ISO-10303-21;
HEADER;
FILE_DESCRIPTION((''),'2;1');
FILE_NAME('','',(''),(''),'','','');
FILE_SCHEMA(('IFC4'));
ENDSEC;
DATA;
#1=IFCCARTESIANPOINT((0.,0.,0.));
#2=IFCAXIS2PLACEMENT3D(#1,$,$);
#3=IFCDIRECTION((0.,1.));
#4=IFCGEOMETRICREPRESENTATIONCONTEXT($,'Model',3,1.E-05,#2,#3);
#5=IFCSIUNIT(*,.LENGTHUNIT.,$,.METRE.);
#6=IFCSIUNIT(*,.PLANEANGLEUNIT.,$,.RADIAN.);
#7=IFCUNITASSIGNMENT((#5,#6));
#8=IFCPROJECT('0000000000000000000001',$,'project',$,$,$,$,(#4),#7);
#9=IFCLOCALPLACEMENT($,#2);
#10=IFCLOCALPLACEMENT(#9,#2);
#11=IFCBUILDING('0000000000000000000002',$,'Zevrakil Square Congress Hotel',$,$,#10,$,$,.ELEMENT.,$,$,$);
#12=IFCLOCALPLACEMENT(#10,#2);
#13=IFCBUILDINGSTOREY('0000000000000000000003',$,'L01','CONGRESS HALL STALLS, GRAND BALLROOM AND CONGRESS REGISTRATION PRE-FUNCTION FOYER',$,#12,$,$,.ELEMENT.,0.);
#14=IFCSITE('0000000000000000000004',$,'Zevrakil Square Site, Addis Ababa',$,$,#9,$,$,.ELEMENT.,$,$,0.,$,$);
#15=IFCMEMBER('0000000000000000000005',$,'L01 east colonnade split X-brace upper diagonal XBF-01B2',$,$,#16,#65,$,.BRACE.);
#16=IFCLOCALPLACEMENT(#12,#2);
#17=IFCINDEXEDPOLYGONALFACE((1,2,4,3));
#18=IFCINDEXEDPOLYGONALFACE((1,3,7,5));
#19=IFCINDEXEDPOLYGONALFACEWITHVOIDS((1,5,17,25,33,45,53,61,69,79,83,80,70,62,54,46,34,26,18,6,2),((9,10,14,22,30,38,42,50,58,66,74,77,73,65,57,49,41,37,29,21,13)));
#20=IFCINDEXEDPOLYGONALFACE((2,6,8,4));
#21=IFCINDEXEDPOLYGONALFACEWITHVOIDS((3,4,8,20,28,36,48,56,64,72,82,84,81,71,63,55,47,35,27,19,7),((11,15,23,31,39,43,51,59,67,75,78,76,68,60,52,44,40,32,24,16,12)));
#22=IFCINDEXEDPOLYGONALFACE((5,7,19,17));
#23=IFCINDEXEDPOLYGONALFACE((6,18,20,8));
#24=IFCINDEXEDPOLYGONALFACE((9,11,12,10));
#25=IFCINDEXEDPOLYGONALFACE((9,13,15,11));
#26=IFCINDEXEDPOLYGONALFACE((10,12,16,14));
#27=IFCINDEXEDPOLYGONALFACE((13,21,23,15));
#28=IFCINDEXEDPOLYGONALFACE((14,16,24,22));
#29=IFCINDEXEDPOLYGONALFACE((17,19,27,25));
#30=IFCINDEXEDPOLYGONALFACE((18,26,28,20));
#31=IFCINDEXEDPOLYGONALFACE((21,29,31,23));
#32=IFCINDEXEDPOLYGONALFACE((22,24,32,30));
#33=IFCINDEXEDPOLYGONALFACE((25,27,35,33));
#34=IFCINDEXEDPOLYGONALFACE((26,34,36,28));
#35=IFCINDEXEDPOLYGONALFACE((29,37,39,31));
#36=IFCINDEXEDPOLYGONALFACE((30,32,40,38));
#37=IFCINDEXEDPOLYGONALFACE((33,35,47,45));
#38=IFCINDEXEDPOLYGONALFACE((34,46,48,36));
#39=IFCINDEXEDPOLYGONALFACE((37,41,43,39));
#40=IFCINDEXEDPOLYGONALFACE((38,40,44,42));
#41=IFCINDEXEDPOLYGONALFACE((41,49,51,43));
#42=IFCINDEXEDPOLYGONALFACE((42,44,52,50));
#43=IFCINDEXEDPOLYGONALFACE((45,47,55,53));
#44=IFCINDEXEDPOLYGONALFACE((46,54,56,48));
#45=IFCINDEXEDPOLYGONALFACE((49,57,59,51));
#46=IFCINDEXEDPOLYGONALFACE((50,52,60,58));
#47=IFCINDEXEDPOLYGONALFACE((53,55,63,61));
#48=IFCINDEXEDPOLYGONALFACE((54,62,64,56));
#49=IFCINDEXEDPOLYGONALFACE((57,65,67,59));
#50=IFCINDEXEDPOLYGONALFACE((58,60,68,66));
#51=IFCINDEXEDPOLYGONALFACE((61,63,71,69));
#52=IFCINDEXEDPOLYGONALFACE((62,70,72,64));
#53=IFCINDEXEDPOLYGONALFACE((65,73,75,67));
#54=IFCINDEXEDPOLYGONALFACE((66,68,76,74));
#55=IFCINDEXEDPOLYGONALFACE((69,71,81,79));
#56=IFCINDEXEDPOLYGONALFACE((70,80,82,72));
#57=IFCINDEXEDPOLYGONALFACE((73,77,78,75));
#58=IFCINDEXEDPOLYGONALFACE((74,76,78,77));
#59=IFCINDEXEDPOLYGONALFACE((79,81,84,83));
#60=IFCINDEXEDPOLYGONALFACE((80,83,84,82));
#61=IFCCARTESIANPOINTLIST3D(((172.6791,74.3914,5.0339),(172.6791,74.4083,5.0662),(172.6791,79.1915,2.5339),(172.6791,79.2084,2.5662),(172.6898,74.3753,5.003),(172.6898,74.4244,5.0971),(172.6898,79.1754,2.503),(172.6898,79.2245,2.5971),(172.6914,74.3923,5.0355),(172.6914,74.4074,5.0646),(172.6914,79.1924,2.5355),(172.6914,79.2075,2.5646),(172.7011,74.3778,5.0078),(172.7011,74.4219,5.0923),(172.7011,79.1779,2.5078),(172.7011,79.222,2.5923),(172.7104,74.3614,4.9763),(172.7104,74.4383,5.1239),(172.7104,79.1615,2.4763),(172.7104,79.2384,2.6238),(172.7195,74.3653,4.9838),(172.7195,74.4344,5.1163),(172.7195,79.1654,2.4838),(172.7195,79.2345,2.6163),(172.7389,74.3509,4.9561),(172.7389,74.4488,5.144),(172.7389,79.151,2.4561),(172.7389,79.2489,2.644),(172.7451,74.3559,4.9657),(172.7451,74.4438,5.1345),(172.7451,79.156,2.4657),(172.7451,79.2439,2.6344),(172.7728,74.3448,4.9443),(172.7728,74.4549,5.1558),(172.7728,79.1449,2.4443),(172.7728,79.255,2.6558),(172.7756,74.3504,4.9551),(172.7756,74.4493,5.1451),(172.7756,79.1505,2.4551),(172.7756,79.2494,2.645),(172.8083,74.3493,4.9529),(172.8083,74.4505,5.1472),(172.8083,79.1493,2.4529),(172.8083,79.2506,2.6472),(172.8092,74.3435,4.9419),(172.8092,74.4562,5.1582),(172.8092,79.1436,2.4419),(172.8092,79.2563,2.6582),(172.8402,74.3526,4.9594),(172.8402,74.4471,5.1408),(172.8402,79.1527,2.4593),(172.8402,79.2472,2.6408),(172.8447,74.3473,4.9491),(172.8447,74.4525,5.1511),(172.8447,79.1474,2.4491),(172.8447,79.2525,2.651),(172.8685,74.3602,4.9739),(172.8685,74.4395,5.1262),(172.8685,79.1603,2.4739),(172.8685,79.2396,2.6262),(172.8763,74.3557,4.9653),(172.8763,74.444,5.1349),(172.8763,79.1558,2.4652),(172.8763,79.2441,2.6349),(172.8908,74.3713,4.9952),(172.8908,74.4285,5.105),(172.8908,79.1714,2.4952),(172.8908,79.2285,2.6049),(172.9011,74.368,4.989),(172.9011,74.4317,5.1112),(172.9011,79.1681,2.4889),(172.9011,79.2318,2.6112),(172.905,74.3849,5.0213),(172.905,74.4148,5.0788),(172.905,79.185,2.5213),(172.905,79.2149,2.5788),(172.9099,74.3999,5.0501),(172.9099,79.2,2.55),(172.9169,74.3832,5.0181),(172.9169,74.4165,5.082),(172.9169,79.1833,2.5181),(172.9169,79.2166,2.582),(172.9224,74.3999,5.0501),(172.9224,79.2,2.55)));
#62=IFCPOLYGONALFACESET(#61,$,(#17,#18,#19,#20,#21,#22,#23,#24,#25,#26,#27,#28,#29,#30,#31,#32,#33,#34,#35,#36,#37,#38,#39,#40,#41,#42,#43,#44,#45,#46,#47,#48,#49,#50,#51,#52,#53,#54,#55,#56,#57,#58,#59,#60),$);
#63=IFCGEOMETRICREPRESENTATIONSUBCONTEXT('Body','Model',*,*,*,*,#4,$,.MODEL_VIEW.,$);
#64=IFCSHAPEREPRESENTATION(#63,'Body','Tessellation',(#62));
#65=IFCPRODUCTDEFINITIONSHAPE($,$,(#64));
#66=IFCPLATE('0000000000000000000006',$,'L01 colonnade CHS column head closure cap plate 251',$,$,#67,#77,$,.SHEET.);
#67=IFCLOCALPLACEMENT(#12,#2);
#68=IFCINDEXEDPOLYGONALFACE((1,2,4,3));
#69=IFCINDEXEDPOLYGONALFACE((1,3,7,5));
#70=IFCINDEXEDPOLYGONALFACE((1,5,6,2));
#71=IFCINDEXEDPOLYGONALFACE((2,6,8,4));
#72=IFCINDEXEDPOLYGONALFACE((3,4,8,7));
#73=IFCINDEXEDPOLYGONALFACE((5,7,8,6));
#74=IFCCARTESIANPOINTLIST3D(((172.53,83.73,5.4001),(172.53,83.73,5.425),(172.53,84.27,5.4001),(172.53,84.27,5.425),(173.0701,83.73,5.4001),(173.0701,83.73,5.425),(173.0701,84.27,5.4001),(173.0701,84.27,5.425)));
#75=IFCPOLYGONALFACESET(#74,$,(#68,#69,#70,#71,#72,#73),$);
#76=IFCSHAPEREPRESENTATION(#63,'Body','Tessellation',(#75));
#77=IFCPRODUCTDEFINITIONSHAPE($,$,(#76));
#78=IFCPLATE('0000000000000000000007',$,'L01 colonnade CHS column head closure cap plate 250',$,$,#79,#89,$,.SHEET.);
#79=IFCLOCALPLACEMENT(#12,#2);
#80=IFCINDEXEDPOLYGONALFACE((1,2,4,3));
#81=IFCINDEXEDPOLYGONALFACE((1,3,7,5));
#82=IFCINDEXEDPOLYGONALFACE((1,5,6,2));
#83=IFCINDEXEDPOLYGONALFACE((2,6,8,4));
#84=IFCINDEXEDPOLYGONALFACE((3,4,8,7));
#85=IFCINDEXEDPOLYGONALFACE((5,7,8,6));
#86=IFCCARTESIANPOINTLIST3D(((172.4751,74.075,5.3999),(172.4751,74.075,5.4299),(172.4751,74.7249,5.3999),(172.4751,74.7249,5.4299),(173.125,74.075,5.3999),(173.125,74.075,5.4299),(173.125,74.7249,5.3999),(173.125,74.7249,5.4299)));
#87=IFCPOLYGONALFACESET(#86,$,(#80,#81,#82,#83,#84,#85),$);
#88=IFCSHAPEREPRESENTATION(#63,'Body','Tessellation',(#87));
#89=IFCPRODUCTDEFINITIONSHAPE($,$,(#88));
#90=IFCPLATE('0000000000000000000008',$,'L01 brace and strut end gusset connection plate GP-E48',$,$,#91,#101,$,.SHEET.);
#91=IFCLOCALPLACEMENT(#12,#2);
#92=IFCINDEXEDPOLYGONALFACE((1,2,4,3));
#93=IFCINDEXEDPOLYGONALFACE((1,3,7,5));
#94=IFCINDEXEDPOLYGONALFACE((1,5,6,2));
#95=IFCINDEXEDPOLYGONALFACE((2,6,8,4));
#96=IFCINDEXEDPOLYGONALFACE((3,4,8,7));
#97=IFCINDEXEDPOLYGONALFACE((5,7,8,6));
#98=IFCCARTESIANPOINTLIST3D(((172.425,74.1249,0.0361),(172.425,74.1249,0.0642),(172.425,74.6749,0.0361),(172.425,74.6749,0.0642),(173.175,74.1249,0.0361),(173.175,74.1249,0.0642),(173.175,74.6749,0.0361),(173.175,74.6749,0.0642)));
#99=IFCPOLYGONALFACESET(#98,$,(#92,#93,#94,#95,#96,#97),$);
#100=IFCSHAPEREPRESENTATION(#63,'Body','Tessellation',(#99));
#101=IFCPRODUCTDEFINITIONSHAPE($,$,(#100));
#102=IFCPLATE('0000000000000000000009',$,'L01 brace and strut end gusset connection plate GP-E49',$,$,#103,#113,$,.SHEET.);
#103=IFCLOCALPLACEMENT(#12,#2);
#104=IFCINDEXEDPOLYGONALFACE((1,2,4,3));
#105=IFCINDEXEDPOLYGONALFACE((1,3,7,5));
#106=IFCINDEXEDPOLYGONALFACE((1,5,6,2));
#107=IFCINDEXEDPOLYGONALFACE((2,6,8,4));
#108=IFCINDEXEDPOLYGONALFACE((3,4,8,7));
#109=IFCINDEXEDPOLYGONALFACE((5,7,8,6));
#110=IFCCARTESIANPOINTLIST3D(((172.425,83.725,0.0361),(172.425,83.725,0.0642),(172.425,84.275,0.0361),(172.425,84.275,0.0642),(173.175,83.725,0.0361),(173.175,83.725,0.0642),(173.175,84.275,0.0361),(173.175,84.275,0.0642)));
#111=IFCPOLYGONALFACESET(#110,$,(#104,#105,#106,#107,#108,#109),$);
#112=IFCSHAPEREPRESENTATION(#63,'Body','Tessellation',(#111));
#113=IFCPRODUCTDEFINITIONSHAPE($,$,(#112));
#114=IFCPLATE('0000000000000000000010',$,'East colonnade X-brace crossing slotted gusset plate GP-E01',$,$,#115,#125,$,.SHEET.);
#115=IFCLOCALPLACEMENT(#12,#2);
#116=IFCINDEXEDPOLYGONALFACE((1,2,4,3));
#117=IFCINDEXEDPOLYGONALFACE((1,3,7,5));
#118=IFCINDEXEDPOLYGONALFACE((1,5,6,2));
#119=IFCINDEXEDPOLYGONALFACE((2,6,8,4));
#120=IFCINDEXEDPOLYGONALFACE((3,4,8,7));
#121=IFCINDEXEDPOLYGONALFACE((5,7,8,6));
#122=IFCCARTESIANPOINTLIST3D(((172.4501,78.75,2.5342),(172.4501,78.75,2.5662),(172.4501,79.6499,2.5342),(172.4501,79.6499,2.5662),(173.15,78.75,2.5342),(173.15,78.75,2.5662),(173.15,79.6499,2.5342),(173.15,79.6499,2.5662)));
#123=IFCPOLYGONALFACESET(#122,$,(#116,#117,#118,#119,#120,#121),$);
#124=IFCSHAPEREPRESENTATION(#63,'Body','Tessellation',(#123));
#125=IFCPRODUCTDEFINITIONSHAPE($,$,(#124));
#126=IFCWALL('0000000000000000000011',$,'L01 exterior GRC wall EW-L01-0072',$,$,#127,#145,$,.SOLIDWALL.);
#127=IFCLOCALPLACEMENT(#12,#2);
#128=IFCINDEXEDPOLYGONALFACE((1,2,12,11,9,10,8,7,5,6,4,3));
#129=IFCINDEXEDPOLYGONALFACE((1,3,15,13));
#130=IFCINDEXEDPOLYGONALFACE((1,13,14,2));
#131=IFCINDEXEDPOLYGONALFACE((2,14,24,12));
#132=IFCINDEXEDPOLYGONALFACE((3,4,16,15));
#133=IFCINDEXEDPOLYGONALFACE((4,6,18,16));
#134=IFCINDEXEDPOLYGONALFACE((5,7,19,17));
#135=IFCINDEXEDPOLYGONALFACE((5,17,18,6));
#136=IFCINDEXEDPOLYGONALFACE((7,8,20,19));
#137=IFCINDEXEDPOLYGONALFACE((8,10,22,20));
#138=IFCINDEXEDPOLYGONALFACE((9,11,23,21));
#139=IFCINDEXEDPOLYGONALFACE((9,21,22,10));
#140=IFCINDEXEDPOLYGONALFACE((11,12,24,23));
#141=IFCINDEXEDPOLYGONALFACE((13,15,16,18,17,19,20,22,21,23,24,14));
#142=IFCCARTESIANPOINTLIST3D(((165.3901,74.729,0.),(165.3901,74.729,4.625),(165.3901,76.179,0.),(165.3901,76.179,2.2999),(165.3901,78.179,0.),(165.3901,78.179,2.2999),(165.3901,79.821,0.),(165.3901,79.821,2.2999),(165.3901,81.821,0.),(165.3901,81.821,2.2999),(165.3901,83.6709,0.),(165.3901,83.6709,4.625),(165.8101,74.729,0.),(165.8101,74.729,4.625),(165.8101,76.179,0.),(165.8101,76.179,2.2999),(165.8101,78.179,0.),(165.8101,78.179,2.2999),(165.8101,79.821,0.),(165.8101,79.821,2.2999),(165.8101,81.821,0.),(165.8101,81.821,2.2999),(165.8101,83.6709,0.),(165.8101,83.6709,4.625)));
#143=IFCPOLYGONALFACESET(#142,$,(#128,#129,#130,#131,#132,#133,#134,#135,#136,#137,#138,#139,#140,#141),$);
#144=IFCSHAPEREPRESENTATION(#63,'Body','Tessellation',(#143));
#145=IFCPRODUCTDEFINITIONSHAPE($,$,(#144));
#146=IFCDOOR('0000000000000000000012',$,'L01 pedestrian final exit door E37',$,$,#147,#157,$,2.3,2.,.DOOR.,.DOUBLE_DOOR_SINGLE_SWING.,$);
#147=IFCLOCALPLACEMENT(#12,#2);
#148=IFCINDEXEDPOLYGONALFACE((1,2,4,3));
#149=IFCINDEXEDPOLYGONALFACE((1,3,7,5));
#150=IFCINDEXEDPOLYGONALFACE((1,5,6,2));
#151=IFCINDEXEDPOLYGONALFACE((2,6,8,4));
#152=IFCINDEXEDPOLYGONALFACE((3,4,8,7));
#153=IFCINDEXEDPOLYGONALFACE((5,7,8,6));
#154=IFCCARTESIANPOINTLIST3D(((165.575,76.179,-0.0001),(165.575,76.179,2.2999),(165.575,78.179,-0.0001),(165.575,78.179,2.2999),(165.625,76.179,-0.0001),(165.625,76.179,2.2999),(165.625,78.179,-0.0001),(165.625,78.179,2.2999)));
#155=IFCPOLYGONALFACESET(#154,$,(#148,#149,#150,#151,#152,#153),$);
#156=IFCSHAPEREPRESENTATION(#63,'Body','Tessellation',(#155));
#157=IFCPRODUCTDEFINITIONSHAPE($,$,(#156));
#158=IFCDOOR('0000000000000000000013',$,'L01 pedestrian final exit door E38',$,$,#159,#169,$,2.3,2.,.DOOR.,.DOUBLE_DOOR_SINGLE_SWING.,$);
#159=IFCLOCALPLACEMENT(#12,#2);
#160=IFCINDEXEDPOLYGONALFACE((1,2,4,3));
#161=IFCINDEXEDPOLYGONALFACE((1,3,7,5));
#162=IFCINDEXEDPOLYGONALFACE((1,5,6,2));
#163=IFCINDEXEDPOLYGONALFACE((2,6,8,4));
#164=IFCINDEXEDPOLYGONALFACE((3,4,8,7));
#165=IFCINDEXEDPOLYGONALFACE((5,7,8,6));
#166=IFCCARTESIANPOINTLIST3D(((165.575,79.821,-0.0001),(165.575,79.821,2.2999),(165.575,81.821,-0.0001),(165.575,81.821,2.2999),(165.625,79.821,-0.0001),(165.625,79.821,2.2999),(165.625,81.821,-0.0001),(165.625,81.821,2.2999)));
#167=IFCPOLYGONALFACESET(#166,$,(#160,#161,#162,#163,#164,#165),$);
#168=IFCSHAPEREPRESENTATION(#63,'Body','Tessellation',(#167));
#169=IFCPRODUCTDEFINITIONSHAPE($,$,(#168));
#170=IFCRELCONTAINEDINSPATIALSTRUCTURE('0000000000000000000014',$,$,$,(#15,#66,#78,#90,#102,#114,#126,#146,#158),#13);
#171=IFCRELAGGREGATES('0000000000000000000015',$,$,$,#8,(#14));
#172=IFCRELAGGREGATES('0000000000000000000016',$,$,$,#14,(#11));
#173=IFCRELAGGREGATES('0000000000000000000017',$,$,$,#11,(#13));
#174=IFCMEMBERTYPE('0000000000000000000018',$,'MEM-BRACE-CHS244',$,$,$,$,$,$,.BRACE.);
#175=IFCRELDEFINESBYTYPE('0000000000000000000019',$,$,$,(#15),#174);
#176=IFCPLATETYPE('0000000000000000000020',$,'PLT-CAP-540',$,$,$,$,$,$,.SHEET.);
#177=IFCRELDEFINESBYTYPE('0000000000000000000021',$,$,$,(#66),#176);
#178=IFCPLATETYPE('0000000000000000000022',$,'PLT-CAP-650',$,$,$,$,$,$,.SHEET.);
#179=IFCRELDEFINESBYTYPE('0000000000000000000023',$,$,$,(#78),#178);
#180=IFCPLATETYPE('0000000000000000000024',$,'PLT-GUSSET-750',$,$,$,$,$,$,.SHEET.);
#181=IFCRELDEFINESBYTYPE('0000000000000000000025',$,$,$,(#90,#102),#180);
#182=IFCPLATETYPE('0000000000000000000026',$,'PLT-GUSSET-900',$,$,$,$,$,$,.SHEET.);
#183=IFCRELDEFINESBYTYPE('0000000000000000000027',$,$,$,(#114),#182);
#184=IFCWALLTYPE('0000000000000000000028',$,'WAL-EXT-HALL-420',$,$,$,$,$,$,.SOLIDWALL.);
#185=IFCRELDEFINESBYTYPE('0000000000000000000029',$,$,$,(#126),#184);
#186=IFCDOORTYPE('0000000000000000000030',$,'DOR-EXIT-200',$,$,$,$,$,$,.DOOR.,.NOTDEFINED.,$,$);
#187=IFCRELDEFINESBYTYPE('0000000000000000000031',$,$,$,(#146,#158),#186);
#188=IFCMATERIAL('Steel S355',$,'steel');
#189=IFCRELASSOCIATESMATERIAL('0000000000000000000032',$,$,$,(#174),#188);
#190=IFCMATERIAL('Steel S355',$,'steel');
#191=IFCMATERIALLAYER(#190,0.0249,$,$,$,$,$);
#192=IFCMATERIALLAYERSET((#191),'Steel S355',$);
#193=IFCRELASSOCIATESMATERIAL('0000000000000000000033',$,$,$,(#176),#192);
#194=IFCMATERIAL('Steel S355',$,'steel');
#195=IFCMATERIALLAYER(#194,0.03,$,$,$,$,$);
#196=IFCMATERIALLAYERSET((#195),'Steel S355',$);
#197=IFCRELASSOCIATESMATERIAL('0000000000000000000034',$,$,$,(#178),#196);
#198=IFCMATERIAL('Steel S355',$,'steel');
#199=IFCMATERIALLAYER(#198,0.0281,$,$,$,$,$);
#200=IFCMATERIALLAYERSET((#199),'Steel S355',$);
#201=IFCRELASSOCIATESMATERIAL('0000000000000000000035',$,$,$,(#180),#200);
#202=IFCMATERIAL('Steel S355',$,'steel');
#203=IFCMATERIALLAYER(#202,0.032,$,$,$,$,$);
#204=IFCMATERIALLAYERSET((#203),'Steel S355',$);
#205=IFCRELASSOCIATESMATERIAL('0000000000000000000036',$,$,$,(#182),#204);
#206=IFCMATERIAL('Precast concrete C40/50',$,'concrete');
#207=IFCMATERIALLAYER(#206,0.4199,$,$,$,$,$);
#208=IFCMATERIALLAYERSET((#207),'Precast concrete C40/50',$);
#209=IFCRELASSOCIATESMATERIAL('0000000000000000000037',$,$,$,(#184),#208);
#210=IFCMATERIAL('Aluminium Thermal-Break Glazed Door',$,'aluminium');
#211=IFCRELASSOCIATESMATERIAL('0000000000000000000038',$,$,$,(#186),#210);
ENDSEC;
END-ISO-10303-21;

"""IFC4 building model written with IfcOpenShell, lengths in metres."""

from ifc_helpers import new_model, si_unit, direction, frame, frame_2d, origin, origin_2d, place, context, subcontext, project, spatial, rectangle, hollow_circle, extrude, material, layer, layer_set, material_profile, profile_set, type_object, element, fill, save


model = new_model("IFC4")

# Units and contexts
model_context = context("Model", 3, precision=1e-05, world=origin(), true_north=direction((0.0, 1.0)))
body_context = subcontext(model_context, "Body", "Model", "MODEL_VIEW")
ifc_project = project(units=[si_unit("LENGTHUNIT", "METRE"), si_unit("PLANEANGLEUNIT", "RADIAN")], contexts=[model_context])

# Site, building, storey
site_placement = place(None, origin())
site = spatial("IfcSite", under=ifc_project, at=site_placement, Name="Zevrakil Square Site, Addis Ababa", CompositionType="ELEMENT", RefElevation=0.0)
building_placement = place(site_placement, origin())
building = spatial("IfcBuilding", under=site, at=building_placement, Name="Zevrakil Square Congress Hotel", CompositionType="ELEMENT")
storey_placement = place(building_placement, origin())
storey = spatial("IfcBuildingStorey", under=building, at=storey_placement, Name="L01", Description="CONGRESS HALL STALLS, GRAND BALLROOM AND CONGRESS REGISTRATION PRE-FUNCTION FOYER", CompositionType="ELEMENT", Elevation=0.0)

# Member
ifc_material_1 = material(Name="Steel S355", Category="steel")
ifc_material_profile_1 = material_profile(ifc_material_1, hollow_circle(Radius=0.1223, WallThickness=0.0125, at=origin_2d()), Name="CHS 244.5x12.5")
ifc_profile_set_1 = profile_set([ifc_material_profile_1], Name="Steel S355")
member_type = type_object("IfcMemberType", Name="MEM-BRACE-CHS244", PredefinedType="BRACE", material=ifc_profile_set_1)
for number, where, z_axis, x_axis, name in (
    (1, (172.8, 79.2, 2.55), (0.0, -0.886916, 0.461931), (1.0, 0.0, 0.0), "L01 east colonnade split X-brace upper diagonal XBF-01B2"),
):
    element("IfcMember", number, at=place(storey_placement, frame(where, z_axis=z_axis, x_axis=x_axis)), inside=storey, type_object=member_type, Name=name, PredefinedType="BRACE", context=body_context, shape_type="SweptSolid", body=[
        extrude(hollow_circle(Radius=0.1223, WallThickness=0.0125, at=origin_2d()), origin(), (0.0, 0.0, 1.0), 5.4121),
    ])

# Plates
ifc_material_2 = material(Name="Steel S355", Category="steel")
ifc_layer_1 = layer(ifc_material_2, 0.0249)
ifc_layer_set_1 = layer_set([ifc_layer_1], Name="Steel S355")
plate_type_1 = type_object("IfcPlateType", Name="PLT-CAP-540", PredefinedType="SHEET", material=ifc_layer_set_1)
plate_1_placement = place(storey_placement, frame((172.8, 84.0, 5.4001), z_axis=(0.0, 0.0, 1.0), x_axis=(1.0, 0.0, 0.0)))
element("IfcPlate", 2, at=plate_1_placement, inside=storey, type_object=plate_type_1, Name="L01 colonnade CHS column head closure cap plate 251", PredefinedType="SHEET", context=body_context, shape_type="SweptSolid", body=[
    extrude(rectangle(XDim=0.54, YDim=0.54, at=origin_2d()), origin(), (0.0, 0.0, 1.0), 0.0249),
])
ifc_material_3 = material(Name="Steel S355", Category="steel")
ifc_layer_2 = layer(ifc_material_3, 0.03)
ifc_layer_set_2 = layer_set([ifc_layer_2], Name="Steel S355")
plate_type_2 = type_object("IfcPlateType", Name="PLT-CAP-650", PredefinedType="SHEET", material=ifc_layer_set_2)
plate_2_placement = place(storey_placement, frame((172.8, 74.3999, 5.3999), z_axis=(0.0, 0.0, 1.0), x_axis=(1.0, 0.0, 0.0)))
element("IfcPlate", 3, at=plate_2_placement, inside=storey, type_object=plate_type_2, Name="L01 colonnade CHS column head closure cap plate 250", PredefinedType="SHEET", context=body_context, shape_type="SweptSolid", body=[
    extrude(rectangle(XDim=0.6499, YDim=0.6499, at=origin_2d()), origin(), (0.0, 0.0, 1.0), 0.03),
])
ifc_material_4 = material(Name="Steel S355", Category="steel")
ifc_layer_3 = layer(ifc_material_4, 0.0281)
ifc_layer_set_3 = layer_set([ifc_layer_3], Name="Steel S355")
plate_type_3 = type_object("IfcPlateType", Name="PLT-GUSSET-750", PredefinedType="SHEET", material=ifc_layer_set_3)
for number, where, z_axis, x_axis, name in (
    (4, (172.8, 74.3999, 0.0361), (0.0, 0.0, 1.0), (1.0, 0.0, 0.0), "L01 brace and strut end gusset connection plate GP-E48"),
    (5, (172.8, 84.0, 0.0361), (0.0, 0.0, 1.0), (1.0, 0.0, 0.0), "L01 brace and strut end gusset connection plate GP-E49"),
):
    element("IfcPlate", number, at=place(storey_placement, frame(where, z_axis=z_axis, x_axis=x_axis)), inside=storey, type_object=plate_type_3, Name=name, PredefinedType="SHEET", context=body_context, shape_type="SweptSolid", body=[
        extrude(rectangle(XDim=0.75, YDim=0.55, at=origin_2d()), origin(), (0.0, 0.0, 1.0), 0.0281),
    ])
ifc_material_5 = material(Name="Steel S355", Category="steel")
ifc_layer_4 = layer(ifc_material_5, 0.032)
ifc_layer_set_4 = layer_set([ifc_layer_4], Name="Steel S355")
plate_type_4 = type_object("IfcPlateType", Name="PLT-GUSSET-900", PredefinedType="SHEET", material=ifc_layer_set_4)
plate_3_placement = place(storey_placement, frame((172.8, 79.2, 2.5342), z_axis=(0.0, 0.0, 1.0), x_axis=(0.0, 1.0, 0.0)))
element("IfcPlate", 6, at=plate_3_placement, inside=storey, type_object=plate_type_4, Name="East colonnade X-brace crossing slotted gusset plate GP-E01", PredefinedType="SHEET", context=body_context, shape_type="SweptSolid", body=[
    extrude(rectangle(XDim=0.8999, YDim=0.7, at=origin_2d()), origin(), (0.0, 0.0, 1.0), 0.032),
])

# Wall, openings, doors
ifc_material_6 = material(Name="Precast concrete C40/50", Category="concrete")
ifc_layer_5 = layer(ifc_material_6, 0.4199)
ifc_layer_set_5 = layer_set([ifc_layer_5], Name="Precast concrete C40/50")
wall_type = type_object("IfcWallType", Name="WAL-EXT-HALL-420", PredefinedType="SOLIDWALL", material=ifc_layer_set_5)
wall_1_placement = place(storey_placement, frame((165.6001, 74.729, 0.0), z_axis=(0.0, 0.0, 1.0), x_axis=(0.0, 1.0, 0.0)))
wall_1 = element("IfcWall", 7, at=wall_1_placement, inside=storey, type_object=wall_type, Name="L01 exterior GRC wall EW-L01-0072", PredefinedType="SOLIDWALL", context=body_context, shape_type="SweptSolid", body=[
    extrude(rectangle(XDim=8.9419, YDim=0.4199, at=frame_2d((4.4709, 0.0))), origin(), (0.0, 0.0, 1.0), 4.625),
])
opening_1_placement = place(wall_1_placement, frame((1.45, 0.0, 0.0)))
opening_1 = element("IfcOpeningElement", 8, at=opening_1_placement, cuts=wall_1, PredefinedType="OPENING", context=body_context, shape_type="SweptSolid", body=[
    extrude(rectangle(XDim=2.0, YDim=2.3, at=frame_2d((1.0, 1.1499))), frame((0.0, 0.22, 0.0), z_axis=(0.0, -1.0, 0.0), x_axis=(1.0, 0.0, 0.0)), (0.0, 0.0, 1.0), 0.4399),
])
opening_2_placement = place(wall_1_placement, frame((5.092, 0.0, 0.0)))
opening_2 = element("IfcOpeningElement", 9, at=opening_2_placement, cuts=wall_1, PredefinedType="OPENING", context=body_context, shape_type="SweptSolid", body=[
    extrude(rectangle(XDim=2.0, YDim=2.3, at=frame_2d((1.0, 1.1499))), frame((0.0, 0.22, 0.0), z_axis=(0.0, -1.0, 0.0), x_axis=(1.0, 0.0, 0.0)), (0.0, 0.0, 1.0), 0.4399),
])
ifc_material_7 = material(Name="Aluminium Thermal-Break Glazed Door", Category="aluminium")
door_type = type_object("IfcDoorType", Name="DOR-EXIT-200", OperationType="NOTDEFINED", PredefinedType="DOOR", material=ifc_material_7)
door_1_placement = place(opening_1_placement, frame((2.0, 0.0, 0.0), z_axis=(0.0, 0.0, 1.0), x_axis=(-1.0, 0.0, 0.0)))
door_1 = element("IfcDoor", 10, at=door_1_placement, inside=storey, type_object=door_type, Name="L01 pedestrian final exit door E37", OperationType="DOUBLE_DOOR_SINGLE_SWING", OverallHeight=2.3, OverallWidth=2.0, PredefinedType="DOOR", context=body_context, shape_type="SweptSolid", body=[
    extrude(rectangle(XDim=2.0, YDim=2.3, at=frame_2d((1.0, 1.1499))), frame((0.0, 0.0249, 0.0), z_axis=(0.0, -1.0, 0.0), x_axis=(1.0, 0.0, 0.0)), (0.0, 0.0, 1.0), 0.05),
])
fill(opening_1, door_1)
door_2_placement = place(opening_2_placement, frame((2.0, 0.0, 0.0), z_axis=(0.0, 0.0, 1.0), x_axis=(-1.0, 0.0, 0.0)))
door_2 = element("IfcDoor", 11, at=door_2_placement, inside=storey, type_object=door_type, Name="L01 pedestrian final exit door E38", OperationType="DOUBLE_DOOR_SINGLE_SWING", OverallHeight=2.3, OverallWidth=2.0, PredefinedType="DOOR", context=body_context, shape_type="SweptSolid", body=[
    extrude(rectangle(XDim=2.0, YDim=2.3, at=frame_2d((1.0, 1.1499))), frame((0.0, 0.0249, 0.0), z_axis=(0.0, -1.0, 0.0), x_axis=(1.0, 0.0, 0.0)), (0.0, 0.0, 1.0), 0.05),
])
fill(opening_2, door_2)

save(model, "model.ifc")
